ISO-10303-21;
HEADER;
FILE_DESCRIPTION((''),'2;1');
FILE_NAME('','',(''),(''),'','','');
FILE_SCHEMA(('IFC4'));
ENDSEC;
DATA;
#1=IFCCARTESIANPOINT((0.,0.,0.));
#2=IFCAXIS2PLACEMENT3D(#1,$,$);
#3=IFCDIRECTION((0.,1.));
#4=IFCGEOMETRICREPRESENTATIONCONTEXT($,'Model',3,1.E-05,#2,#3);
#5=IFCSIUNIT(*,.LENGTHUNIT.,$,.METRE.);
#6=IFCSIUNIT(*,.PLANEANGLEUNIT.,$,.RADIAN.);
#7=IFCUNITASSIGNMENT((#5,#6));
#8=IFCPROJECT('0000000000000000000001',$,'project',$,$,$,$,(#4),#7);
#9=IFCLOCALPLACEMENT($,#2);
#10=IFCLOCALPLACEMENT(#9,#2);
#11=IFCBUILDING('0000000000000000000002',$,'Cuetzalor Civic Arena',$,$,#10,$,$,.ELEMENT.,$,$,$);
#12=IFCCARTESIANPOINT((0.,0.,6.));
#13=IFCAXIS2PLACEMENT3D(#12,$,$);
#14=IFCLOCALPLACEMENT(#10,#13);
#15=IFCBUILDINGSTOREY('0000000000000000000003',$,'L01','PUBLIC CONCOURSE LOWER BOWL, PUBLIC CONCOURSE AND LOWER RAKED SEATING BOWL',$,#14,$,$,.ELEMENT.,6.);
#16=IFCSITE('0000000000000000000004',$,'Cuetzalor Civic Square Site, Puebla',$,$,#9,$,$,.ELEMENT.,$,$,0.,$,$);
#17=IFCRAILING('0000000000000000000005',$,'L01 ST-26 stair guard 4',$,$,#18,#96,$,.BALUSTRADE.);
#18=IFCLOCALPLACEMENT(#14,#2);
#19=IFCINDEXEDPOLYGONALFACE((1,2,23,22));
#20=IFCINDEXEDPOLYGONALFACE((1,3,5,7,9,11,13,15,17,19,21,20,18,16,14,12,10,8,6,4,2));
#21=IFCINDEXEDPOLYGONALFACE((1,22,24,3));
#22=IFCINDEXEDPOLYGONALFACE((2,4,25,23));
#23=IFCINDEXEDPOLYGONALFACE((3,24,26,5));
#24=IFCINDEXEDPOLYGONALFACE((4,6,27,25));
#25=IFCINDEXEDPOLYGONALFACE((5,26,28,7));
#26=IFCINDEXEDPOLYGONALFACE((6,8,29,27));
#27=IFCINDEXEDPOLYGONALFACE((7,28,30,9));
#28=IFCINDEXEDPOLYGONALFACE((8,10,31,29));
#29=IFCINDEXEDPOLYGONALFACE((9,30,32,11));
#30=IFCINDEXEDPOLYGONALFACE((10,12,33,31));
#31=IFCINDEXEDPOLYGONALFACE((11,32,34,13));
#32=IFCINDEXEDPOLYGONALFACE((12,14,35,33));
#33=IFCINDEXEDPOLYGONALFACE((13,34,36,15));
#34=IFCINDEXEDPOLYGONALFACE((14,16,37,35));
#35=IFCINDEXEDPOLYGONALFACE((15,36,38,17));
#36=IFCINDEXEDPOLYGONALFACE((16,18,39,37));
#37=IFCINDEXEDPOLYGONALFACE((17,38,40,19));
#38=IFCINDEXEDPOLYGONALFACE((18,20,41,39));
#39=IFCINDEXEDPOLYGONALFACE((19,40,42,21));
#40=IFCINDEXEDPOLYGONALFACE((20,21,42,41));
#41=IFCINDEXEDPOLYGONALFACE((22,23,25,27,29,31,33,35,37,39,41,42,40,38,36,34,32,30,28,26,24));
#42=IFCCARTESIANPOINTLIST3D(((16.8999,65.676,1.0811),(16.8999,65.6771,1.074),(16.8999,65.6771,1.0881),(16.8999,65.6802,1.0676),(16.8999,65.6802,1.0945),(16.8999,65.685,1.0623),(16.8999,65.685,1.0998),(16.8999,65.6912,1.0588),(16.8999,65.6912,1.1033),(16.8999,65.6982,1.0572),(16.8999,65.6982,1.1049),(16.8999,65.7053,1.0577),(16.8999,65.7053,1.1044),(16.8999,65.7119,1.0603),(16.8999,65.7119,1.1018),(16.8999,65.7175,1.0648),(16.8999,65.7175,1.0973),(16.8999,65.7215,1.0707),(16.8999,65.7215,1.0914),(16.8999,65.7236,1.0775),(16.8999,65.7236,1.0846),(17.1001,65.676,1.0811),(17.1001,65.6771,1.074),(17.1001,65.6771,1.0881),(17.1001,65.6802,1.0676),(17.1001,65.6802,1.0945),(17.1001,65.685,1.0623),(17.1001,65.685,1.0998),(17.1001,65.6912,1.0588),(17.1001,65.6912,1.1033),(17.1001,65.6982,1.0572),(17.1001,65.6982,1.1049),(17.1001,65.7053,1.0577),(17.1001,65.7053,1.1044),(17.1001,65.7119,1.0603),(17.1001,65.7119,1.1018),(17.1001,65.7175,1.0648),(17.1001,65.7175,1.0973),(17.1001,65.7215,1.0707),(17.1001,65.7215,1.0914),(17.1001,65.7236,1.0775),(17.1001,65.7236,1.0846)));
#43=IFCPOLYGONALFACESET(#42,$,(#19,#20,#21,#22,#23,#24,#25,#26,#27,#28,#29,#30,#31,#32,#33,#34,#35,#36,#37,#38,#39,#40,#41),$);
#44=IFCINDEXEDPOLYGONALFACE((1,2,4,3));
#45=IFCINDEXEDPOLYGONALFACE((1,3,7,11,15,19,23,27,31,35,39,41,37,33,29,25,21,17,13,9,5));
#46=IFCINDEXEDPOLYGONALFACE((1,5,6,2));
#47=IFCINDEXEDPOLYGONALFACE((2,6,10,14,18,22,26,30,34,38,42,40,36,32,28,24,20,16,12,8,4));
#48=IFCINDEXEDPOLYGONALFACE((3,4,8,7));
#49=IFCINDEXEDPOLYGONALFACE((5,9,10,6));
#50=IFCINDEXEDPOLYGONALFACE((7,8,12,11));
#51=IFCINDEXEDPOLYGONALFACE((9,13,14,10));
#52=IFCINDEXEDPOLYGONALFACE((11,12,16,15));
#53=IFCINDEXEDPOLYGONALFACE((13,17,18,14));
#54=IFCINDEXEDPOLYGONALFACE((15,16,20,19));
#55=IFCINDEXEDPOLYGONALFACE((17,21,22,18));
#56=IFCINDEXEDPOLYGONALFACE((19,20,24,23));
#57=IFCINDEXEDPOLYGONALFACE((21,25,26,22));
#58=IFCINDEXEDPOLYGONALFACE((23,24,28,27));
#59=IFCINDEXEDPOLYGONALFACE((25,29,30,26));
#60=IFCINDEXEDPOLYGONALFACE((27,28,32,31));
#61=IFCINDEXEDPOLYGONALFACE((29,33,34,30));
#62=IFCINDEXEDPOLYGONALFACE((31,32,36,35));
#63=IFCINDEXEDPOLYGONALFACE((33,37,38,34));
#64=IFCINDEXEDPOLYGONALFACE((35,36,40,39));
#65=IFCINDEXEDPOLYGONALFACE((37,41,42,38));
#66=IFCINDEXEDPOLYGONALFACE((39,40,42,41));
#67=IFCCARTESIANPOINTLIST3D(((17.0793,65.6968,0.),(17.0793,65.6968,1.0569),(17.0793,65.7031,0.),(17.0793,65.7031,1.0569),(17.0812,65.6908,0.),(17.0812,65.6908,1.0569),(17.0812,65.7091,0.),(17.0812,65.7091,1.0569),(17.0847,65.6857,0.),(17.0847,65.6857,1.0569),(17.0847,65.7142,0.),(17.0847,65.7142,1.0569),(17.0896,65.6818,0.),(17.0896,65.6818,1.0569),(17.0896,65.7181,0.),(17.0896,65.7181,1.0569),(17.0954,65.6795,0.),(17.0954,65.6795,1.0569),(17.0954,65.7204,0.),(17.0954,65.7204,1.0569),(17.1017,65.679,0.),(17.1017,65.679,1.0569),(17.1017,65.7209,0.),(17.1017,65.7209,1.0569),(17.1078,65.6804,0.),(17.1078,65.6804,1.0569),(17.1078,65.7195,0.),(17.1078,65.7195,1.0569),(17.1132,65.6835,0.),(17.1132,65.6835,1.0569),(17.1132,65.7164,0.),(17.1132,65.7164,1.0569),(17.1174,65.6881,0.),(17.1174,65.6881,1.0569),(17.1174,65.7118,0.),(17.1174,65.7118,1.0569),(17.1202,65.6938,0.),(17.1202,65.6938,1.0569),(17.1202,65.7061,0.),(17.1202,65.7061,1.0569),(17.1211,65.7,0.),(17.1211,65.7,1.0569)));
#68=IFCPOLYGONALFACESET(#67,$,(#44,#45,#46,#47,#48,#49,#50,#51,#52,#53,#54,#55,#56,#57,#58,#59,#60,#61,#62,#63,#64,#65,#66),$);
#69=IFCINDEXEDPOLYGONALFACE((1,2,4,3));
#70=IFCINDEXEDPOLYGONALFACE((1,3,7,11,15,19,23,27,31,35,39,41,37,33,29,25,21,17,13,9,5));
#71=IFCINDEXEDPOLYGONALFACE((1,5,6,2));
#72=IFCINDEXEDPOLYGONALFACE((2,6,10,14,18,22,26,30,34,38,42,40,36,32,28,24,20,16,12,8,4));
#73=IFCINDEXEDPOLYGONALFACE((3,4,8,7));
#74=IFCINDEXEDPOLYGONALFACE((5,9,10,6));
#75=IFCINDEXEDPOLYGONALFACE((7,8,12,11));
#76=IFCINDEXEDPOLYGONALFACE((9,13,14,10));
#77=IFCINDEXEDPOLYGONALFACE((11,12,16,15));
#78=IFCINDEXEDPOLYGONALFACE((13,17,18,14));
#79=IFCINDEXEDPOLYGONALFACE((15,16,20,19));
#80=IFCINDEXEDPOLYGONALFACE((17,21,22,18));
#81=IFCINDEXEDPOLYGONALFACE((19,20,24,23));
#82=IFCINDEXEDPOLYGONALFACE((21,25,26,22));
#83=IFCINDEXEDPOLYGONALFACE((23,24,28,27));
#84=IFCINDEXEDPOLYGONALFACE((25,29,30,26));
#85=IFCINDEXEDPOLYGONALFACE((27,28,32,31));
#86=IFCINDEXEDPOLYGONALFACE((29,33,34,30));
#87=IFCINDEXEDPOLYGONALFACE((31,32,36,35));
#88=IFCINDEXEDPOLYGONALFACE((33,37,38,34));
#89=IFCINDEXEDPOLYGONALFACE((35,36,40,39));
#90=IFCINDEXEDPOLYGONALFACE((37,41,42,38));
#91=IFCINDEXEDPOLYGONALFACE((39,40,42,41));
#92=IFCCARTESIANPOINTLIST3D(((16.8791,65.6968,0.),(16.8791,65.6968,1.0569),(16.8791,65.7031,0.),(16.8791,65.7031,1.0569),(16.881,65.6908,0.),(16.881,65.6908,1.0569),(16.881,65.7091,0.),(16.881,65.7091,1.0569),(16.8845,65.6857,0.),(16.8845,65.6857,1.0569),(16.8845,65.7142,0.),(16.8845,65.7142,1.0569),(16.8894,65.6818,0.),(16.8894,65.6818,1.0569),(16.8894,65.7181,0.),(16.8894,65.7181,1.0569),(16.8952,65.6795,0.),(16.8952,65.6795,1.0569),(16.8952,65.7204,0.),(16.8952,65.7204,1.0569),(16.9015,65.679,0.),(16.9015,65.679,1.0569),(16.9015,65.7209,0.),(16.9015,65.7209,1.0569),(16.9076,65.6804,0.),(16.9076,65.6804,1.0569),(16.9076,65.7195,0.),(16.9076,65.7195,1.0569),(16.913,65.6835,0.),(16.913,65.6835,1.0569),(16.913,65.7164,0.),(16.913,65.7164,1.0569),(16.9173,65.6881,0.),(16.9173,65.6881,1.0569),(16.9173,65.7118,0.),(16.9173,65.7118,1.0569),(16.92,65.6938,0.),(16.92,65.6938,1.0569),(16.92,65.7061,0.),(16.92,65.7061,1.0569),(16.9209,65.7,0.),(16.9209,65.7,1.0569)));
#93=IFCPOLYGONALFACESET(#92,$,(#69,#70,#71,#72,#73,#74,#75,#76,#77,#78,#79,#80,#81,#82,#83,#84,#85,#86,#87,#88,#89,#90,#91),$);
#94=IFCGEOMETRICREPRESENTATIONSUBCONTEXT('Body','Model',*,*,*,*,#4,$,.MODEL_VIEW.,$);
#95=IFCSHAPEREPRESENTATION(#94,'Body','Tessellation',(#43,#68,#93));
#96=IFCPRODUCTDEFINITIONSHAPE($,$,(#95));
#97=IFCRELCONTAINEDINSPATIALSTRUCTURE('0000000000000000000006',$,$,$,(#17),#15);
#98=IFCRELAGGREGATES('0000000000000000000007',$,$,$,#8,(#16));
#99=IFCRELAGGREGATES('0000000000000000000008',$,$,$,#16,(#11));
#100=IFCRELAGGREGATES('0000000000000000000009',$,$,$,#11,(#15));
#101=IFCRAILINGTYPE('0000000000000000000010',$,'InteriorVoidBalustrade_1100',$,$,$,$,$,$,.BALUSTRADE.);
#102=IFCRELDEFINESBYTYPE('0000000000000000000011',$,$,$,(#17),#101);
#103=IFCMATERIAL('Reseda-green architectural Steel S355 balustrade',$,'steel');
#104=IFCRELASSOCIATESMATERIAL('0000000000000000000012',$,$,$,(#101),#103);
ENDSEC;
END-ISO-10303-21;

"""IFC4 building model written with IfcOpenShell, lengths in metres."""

from ifc_helpers import new_model, si_unit, direction, frame, origin, origin_2d, place, context, subcontext, project, spatial, circle, extrude, material, type_object, element, save


model = new_model("IFC4")

# Units and contexts
model_context = context("Model", 3, precision=1e-05, world=origin(), true_north=direction((0.0, 1.0)))
body_context = subcontext(model_context, "Body", "Model", "MODEL_VIEW")
ifc_project = project(units=[si_unit("LENGTHUNIT", "METRE"), si_unit("PLANEANGLEUNIT", "RADIAN")], contexts=[model_context])

# Site, building, storey
site_placement = place(None, origin())
site = spatial("IfcSite", under=ifc_project, at=site_placement, Name="Cuetzalor Civic Square Site, Puebla", CompositionType="ELEMENT", RefElevation=0.0)
building_placement = place(site_placement, origin())
building = spatial("IfcBuilding", under=site, at=building_placement, Name="Cuetzalor Civic Arena", CompositionType="ELEMENT")
storey_placement = place(building_placement, frame((0.0, 0.0, 6.0)))
storey = spatial("IfcBuildingStorey", under=building, at=storey_placement, Name="L01", Description="PUBLIC CONCOURSE LOWER BOWL, PUBLIC CONCOURSE AND LOWER RAKED SEATING BOWL", CompositionType="ELEMENT", Elevation=6.0)

# Railing
ifc_material_1 = material(Name="Reseda-green architectural Steel S355 balustrade", Category="steel")
railing_type_1 = type_object("IfcRailingType", Name="InteriorVoidBalustrade_1100", PredefinedType="BALUSTRADE", material=ifc_material_1)
railing_1_placement = place(storey_placement, frame((17.1001, 65.7, 0.0)))
element("IfcRailing", 1, at=railing_1_placement, inside=storey, type_object=railing_type_1, Name="L01 ST-26 stair guard 4", PredefinedType="BALUSTRADE", context=body_context, shape_type="SweptSolid", body=[
    extrude(circle(Radius=0.0239, at=origin_2d()), frame((0.0, 0.0, 1.0811), z_axis=(-1.0, 0.0, 0.0), x_axis=(0.0, -1.0, 0.0)), (0.0, 0.0, 1.0), 0.2002),
    extrude(circle(Radius=0.021, at=origin_2d()), origin(), (0.0, 0.0, 1.0), 1.0569),
    extrude(circle(Radius=0.021, at=origin_2d()), frame((-0.2002, 0.0, 0.0)), (0.0, 0.0, 1.0), 1.0569),
])

save(model, "model.ifc")
